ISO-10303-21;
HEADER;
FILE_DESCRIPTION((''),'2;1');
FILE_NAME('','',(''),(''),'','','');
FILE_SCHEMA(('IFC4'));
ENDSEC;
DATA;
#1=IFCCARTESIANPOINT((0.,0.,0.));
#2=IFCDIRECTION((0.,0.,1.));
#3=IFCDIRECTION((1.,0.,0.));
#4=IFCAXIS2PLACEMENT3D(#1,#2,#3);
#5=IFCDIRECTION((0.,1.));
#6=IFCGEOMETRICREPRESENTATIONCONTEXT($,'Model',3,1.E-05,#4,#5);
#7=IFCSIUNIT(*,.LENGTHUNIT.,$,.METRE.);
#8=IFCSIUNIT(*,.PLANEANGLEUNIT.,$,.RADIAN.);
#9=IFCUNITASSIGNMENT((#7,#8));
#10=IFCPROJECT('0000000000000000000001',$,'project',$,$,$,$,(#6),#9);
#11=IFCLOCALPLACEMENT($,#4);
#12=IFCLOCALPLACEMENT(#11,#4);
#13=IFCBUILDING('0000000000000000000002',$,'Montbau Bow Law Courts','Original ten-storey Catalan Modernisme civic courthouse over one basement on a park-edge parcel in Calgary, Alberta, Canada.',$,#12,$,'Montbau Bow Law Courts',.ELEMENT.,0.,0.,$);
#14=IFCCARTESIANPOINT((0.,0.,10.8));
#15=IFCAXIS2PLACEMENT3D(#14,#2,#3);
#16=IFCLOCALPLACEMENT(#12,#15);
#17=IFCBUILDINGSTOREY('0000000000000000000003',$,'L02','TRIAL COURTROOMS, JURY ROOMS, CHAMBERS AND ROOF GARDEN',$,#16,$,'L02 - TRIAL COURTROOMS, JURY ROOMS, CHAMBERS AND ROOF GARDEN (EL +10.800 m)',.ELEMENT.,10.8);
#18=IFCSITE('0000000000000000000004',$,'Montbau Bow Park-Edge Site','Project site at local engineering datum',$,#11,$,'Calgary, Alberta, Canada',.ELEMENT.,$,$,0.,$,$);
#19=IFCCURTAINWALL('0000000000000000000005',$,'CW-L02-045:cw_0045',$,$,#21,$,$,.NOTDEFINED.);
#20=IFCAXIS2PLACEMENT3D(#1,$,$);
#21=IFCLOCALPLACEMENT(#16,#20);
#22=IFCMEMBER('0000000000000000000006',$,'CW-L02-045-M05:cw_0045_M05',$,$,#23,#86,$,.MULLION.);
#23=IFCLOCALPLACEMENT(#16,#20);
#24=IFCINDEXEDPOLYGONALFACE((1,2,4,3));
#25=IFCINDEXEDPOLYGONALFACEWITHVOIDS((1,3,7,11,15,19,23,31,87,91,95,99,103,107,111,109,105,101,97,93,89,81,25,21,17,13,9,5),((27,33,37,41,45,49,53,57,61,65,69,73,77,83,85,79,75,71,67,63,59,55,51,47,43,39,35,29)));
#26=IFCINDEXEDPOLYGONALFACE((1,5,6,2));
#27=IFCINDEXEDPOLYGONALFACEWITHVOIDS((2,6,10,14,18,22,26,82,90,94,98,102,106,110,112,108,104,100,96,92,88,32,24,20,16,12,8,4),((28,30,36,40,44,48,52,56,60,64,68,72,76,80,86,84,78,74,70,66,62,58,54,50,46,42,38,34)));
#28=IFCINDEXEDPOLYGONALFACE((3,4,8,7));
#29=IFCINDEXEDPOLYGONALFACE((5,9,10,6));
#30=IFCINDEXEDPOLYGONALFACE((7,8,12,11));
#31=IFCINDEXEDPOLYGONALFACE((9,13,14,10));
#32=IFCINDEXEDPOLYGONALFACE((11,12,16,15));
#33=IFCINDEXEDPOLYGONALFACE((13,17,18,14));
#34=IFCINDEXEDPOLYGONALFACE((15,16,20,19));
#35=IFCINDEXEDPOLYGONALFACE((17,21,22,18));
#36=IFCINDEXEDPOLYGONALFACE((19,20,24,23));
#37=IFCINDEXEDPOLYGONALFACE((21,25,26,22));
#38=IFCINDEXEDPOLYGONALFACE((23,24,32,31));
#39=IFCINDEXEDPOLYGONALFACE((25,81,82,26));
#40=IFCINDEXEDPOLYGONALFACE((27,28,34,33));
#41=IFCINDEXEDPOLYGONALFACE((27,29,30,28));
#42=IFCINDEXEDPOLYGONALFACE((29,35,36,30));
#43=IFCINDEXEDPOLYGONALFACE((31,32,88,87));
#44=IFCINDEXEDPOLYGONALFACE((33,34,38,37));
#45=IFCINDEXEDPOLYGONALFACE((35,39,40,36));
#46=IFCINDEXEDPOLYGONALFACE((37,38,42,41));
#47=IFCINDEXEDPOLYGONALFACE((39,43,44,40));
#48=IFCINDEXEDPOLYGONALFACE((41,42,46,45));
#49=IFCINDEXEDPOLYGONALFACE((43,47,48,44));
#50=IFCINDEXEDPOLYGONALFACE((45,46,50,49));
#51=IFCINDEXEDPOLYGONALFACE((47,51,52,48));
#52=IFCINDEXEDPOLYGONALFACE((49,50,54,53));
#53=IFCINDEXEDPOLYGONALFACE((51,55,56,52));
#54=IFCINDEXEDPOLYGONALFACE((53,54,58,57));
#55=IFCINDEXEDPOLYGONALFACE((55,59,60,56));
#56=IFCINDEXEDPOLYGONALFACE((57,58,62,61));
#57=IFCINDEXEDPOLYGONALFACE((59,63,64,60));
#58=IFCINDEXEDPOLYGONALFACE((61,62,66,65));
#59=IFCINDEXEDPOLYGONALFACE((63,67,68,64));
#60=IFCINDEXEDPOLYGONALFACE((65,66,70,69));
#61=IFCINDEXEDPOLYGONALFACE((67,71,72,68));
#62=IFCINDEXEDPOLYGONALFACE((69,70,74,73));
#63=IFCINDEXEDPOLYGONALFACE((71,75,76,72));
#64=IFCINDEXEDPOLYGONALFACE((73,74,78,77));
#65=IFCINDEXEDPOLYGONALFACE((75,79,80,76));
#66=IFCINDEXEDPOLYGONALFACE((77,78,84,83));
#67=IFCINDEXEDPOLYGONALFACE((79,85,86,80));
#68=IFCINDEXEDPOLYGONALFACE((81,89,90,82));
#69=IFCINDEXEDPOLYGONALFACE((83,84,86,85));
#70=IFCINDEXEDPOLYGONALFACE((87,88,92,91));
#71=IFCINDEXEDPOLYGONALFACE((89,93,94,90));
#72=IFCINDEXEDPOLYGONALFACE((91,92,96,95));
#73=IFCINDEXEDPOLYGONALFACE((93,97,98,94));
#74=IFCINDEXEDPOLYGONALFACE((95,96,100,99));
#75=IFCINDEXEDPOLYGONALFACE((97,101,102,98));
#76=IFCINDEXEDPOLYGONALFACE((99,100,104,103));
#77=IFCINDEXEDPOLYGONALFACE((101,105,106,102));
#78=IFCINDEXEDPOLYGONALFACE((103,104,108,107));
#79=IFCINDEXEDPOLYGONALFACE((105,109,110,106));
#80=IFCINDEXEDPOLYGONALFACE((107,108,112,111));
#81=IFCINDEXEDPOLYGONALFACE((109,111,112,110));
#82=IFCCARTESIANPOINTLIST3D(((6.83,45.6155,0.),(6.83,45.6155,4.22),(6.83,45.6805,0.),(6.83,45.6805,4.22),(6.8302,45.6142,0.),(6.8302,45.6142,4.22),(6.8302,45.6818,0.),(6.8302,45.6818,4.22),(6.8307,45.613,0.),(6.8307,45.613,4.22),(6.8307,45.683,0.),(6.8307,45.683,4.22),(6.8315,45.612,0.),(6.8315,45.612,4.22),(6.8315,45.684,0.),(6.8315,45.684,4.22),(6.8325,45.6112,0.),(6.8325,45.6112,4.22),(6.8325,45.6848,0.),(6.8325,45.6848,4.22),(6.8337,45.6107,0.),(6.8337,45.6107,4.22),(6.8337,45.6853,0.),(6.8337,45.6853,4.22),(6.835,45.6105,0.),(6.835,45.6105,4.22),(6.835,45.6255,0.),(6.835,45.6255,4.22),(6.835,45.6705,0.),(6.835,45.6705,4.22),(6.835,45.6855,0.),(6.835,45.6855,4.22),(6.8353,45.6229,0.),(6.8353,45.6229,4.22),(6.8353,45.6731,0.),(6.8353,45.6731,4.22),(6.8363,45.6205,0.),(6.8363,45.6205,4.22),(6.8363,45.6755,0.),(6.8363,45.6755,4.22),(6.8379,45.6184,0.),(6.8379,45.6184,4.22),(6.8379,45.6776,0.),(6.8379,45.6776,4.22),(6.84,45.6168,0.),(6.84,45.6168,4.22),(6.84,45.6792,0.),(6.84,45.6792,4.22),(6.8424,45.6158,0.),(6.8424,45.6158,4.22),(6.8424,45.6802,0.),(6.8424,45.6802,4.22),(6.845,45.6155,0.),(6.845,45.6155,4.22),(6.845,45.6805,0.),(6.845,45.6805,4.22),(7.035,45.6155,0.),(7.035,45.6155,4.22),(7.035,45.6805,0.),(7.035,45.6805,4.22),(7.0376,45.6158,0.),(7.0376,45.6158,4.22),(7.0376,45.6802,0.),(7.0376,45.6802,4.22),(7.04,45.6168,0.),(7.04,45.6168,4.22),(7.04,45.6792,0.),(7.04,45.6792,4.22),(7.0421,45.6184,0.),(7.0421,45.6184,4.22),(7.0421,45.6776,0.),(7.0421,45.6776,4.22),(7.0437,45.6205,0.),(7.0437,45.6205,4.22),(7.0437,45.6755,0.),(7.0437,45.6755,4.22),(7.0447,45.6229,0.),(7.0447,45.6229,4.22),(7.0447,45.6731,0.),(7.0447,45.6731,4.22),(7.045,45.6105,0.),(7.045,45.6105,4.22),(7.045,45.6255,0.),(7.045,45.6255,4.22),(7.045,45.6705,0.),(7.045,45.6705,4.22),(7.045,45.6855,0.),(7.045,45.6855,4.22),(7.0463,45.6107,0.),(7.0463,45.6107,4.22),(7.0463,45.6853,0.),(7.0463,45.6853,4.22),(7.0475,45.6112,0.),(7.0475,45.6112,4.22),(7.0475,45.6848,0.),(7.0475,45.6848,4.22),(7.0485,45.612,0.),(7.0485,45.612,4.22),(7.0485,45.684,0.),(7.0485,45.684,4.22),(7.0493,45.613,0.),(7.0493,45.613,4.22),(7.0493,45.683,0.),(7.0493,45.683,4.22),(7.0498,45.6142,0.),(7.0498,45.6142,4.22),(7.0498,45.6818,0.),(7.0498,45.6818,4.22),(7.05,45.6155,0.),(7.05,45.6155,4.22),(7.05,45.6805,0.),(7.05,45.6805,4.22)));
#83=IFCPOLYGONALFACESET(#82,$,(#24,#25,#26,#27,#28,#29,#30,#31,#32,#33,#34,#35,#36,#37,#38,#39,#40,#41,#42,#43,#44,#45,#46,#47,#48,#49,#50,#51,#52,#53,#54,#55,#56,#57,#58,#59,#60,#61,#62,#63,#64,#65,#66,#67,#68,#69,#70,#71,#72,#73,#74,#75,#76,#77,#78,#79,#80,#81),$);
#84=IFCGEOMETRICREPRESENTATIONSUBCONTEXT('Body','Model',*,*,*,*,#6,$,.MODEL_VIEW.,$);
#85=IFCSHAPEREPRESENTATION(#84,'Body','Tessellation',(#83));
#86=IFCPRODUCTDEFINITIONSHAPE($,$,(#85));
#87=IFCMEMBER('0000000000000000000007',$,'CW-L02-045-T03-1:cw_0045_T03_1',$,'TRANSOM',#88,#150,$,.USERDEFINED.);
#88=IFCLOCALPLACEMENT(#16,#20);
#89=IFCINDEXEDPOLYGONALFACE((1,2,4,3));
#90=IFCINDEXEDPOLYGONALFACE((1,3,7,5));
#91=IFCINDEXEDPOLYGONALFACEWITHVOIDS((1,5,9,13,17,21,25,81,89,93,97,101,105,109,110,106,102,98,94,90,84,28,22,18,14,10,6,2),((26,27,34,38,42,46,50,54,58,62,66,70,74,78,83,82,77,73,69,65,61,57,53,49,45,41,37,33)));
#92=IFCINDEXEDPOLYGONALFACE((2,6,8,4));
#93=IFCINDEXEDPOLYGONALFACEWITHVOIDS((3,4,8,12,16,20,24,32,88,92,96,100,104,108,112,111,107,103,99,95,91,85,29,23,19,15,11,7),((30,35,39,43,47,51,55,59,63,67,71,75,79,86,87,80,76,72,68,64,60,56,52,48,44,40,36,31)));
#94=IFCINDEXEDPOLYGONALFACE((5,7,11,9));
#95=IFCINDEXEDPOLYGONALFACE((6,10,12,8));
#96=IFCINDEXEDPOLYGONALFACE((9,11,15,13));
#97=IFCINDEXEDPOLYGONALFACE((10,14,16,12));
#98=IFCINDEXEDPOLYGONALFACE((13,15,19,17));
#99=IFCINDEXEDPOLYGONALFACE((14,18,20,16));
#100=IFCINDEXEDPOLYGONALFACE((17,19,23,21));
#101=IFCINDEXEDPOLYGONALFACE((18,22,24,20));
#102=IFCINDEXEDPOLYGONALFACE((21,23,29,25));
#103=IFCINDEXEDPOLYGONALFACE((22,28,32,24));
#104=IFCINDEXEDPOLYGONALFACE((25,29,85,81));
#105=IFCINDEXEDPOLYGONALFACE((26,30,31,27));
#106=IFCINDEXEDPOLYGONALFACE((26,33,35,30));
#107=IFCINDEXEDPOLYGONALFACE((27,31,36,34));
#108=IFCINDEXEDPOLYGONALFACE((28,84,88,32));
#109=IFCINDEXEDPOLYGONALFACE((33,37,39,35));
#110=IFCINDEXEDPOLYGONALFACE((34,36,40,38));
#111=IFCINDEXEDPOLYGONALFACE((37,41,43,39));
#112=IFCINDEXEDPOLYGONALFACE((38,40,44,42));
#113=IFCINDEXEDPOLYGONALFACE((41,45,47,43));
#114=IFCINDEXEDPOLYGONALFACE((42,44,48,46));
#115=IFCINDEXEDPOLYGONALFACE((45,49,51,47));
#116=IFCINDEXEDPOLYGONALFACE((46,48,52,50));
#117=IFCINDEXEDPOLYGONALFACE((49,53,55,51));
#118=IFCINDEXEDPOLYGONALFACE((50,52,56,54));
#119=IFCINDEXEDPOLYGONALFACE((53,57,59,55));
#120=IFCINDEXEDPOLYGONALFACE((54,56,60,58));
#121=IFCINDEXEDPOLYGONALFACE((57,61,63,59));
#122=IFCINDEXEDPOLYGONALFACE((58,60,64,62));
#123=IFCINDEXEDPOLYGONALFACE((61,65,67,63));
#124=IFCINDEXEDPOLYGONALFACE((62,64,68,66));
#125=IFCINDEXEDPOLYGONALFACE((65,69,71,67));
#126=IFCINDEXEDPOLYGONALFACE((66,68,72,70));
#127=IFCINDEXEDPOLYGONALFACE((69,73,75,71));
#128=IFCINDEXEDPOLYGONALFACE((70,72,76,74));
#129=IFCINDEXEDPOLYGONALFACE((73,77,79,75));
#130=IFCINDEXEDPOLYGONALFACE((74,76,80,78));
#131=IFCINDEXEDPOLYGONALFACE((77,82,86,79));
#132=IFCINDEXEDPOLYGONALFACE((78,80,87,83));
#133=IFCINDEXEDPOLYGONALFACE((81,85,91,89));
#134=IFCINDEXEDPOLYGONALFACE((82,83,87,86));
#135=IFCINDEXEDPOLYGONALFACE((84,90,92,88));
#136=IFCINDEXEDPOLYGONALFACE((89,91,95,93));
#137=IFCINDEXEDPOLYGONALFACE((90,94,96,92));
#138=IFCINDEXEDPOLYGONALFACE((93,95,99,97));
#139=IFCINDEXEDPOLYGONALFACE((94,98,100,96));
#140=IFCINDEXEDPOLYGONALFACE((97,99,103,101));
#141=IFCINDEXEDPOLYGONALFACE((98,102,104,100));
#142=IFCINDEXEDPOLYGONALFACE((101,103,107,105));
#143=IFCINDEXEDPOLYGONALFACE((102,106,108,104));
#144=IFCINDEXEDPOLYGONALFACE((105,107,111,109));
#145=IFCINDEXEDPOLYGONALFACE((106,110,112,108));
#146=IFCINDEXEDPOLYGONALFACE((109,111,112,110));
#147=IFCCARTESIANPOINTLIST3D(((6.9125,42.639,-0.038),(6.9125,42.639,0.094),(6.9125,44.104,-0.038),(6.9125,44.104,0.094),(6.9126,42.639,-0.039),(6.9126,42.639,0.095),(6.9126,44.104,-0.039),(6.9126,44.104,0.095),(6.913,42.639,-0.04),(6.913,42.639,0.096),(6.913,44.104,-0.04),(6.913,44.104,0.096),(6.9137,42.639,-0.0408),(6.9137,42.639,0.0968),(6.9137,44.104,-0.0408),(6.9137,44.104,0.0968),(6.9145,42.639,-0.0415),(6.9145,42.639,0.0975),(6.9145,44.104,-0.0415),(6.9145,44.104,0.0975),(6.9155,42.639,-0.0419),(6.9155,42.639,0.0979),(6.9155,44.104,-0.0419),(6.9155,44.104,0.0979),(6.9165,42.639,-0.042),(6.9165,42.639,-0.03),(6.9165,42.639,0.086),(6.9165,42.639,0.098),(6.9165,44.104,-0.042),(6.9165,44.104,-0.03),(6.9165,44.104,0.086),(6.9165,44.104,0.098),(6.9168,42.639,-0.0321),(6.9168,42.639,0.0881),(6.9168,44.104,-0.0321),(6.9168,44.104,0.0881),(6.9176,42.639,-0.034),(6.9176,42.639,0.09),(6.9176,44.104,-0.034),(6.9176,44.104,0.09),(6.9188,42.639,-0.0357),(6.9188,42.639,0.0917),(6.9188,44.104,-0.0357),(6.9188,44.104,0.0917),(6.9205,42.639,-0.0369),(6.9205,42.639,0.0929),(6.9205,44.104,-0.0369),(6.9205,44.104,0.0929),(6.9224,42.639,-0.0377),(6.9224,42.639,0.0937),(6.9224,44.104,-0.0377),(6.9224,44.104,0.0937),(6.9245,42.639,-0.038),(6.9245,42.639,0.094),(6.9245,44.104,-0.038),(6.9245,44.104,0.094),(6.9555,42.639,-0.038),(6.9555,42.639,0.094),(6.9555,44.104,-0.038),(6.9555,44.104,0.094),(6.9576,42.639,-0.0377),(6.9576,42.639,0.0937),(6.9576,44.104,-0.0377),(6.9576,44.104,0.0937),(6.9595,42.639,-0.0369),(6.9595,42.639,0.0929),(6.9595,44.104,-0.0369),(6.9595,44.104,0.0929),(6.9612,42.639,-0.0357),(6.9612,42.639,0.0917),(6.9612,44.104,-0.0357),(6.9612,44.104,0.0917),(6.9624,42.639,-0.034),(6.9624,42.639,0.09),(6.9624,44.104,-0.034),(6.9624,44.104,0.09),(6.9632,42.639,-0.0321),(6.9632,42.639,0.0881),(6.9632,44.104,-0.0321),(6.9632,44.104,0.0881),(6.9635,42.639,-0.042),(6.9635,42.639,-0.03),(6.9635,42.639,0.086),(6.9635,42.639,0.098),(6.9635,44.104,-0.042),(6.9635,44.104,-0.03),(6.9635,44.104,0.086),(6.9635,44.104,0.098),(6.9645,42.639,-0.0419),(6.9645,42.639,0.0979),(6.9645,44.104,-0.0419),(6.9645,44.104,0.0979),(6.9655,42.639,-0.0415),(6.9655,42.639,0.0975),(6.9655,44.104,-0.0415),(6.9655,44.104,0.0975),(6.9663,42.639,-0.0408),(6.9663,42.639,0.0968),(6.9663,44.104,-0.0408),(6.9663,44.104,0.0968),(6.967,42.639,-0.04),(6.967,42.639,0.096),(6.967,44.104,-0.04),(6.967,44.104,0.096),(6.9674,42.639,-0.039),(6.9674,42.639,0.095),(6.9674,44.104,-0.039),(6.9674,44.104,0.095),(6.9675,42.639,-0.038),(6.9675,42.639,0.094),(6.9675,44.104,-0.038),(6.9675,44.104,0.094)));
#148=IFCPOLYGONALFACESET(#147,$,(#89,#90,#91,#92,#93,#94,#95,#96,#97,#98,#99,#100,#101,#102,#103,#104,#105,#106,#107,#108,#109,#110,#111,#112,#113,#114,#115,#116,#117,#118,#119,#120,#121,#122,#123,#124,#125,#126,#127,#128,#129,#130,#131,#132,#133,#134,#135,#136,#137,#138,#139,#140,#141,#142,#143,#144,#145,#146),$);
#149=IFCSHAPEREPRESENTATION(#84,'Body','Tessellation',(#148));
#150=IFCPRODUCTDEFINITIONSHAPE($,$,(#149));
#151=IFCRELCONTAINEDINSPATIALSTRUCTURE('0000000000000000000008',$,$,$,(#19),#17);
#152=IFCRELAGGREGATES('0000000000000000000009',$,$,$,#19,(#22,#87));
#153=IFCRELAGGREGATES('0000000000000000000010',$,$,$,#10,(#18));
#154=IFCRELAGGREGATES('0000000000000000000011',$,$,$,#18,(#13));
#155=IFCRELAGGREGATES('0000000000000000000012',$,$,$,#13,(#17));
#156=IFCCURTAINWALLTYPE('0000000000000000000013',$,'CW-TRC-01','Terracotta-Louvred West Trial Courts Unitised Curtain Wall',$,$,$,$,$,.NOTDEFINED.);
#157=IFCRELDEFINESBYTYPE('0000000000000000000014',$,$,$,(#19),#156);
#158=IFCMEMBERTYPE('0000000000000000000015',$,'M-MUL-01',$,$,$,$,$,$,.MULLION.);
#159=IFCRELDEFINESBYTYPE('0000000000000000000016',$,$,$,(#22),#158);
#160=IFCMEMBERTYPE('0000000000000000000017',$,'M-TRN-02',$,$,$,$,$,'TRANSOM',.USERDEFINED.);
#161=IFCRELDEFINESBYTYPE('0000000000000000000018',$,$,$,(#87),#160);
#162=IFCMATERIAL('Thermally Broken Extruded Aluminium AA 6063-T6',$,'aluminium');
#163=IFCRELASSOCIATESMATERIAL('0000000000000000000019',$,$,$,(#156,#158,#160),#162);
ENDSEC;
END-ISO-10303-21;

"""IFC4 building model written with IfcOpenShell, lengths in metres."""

from ifc_helpers import new_model, si_unit, direction, frame, origin_with_axes, origin_2d_with_axis, place, context, subcontext, project, spatial, hollow_rectangle, extrude, material, material_profile, profile_set, type_object, element, aggregate, save


model = new_model("IFC4")

# Units and contexts
model_context = context("Model", 3, precision=1e-05, world=origin_with_axes(), true_north=direction((0.0, 1.0)))
body_context = subcontext(model_context, "Body", "Model", "MODEL_VIEW")
ifc_project = project(units=[si_unit("LENGTHUNIT", "METRE"), si_unit("PLANEANGLEUNIT", "RADIAN")], contexts=[model_context])

# Site, building, storey
site_placement = place(None, origin_with_axes())
site = spatial("IfcSite", under=ifc_project, at=site_placement, Name="Montbau Bow Park-Edge Site", Description="Project site at local engineering datum", LongName="Calgary, Alberta, Canada", CompositionType="ELEMENT", RefElevation=0.0)
building_placement = place(site_placement, origin_with_axes())
building = spatial("IfcBuilding", under=site, at=building_placement, Name="Montbau Bow Law Courts", Description="Original ten-storey Catalan Modernisme civic courthouse over one basement on a park-edge parcel in Calgary, Alberta, Canada.", LongName="Montbau Bow Law Courts", CompositionType="ELEMENT", ElevationOfRefHeight=0.0, ElevationOfTerrain=0.0)
storey_placement = place(building_placement, frame((0.0, 0.0, 10.8), z_axis=(0.0, 0.0, 1.0), x_axis=(1.0, 0.0, 0.0)))
storey = spatial("IfcBuildingStorey", under=building, at=storey_placement, Name="L02", Description="TRIAL COURTROOMS, JURY ROOMS, CHAMBERS AND ROOF GARDEN", LongName="L02 - TRIAL COURTROOMS, JURY ROOMS, CHAMBERS AND ROOF GARDEN (EL +10.800 m)", CompositionType="ELEMENT", Elevation=10.8)

# Curtain wall, members
ifc_material_1 = material(Name="Thermally Broken Extruded Aluminium AA 6063-T6", Category="aluminium")
curtain_wall_type = type_object("IfcCurtainWallType", Name="CW-TRC-01", Description="Terracotta-Louvred West Trial Courts Unitised Curtain Wall", PredefinedType="NOTDEFINED", material=ifc_material_1)
curtain_wall_placement = place(None, frame((6.94, 39.515, 10.8), z_axis=(0.0, 0.0, 1.0), x_axis=(1.0, 0.0, 0.0)))
curtain_wall = element("IfcCurtainWall", 1, at=curtain_wall_placement, inside=storey, type_object=curtain_wall_type, Name="CW-L02-045:cw_0045", PredefinedType="NOTDEFINED")
ifc_material_profile_1 = material_profile(ifc_material_1, hollow_rectangle(XDim=0.075, YDim=0.22, WallThickness=0.005, InnerFilletRadius=0.01, OuterFilletRadius=0.005, at=origin_2d_with_axis()), Name="CWM-220X75", Category="Main", Priority=0)
ifc_profile_set_1 = profile_set([ifc_material_profile_1], Name="Thermally Broken Extruded Aluminium AA 6063-T6")
member_type_1 = type_object("IfcMemberType", Name="M-MUL-01", PredefinedType="MULLION", material=ifc_profile_set_1)
member_1_placement = place(None, frame((6.94, 45.648, 10.8), z_axis=(0.0, 0.0, 1.0), x_axis=(0.0, 1.0, 0.0)))
member_1 = element("IfcMember", 2, at=member_1_placement, type_object=member_type_1, Name="CW-L02-045-M05:cw_0045_M05", PredefinedType="MULLION", context=body_context, shape_type="SweptSolid", body=[
    extrude(hollow_rectangle(XDim=0.075, YDim=0.22, WallThickness=0.005, InnerFilletRadius=0.01, OuterFilletRadius=0.005, at=origin_2d_with_axis()), origin_with_axes(), (0.0, 0.0, 1.0), 4.22),
])
ifc_material_profile_2 = material_profile(ifc_material_1, hollow_rectangle(XDim=0.055, YDim=0.14, WallThickness=0.004, InnerFilletRadius=0.008, OuterFilletRadius=0.004, at=origin_2d_with_axis()), Name="CWT-140X55", Category="Main", Priority=0)
ifc_profile_set_2 = profile_set([ifc_material_profile_2], Name="Thermally Broken Extruded Aluminium AA 6063-T6")
member_type_2 = type_object("IfcMemberType", Name="M-TRN-02", ElementType="TRANSOM", PredefinedType="USERDEFINED", material=ifc_profile_set_2)
member_2_placement = place(None, frame((6.94, 42.639, 10.828), z_axis=(0.0, 1.0, 0.0), x_axis=(-1.0, 0.0, 0.0)))
member_2 = element("IfcMember", 3, at=member_2_placement, type_object=member_type_2, Name="CW-L02-045-T03-1:cw_0045_T03_1", ObjectType="TRANSOM", PredefinedType="USERDEFINED", context=body_context, shape_type="SweptSolid", body=[
    extrude(hollow_rectangle(XDim=0.055, YDim=0.14, WallThickness=0.004, InnerFilletRadius=0.008, OuterFilletRadius=0.004, at=origin_2d_with_axis()), origin_with_axes(), (0.0, 0.0, 1.0), 1.465),
])
aggregate(curtain_wall, [member_1, member_2])

save(model, "model.ifc")
